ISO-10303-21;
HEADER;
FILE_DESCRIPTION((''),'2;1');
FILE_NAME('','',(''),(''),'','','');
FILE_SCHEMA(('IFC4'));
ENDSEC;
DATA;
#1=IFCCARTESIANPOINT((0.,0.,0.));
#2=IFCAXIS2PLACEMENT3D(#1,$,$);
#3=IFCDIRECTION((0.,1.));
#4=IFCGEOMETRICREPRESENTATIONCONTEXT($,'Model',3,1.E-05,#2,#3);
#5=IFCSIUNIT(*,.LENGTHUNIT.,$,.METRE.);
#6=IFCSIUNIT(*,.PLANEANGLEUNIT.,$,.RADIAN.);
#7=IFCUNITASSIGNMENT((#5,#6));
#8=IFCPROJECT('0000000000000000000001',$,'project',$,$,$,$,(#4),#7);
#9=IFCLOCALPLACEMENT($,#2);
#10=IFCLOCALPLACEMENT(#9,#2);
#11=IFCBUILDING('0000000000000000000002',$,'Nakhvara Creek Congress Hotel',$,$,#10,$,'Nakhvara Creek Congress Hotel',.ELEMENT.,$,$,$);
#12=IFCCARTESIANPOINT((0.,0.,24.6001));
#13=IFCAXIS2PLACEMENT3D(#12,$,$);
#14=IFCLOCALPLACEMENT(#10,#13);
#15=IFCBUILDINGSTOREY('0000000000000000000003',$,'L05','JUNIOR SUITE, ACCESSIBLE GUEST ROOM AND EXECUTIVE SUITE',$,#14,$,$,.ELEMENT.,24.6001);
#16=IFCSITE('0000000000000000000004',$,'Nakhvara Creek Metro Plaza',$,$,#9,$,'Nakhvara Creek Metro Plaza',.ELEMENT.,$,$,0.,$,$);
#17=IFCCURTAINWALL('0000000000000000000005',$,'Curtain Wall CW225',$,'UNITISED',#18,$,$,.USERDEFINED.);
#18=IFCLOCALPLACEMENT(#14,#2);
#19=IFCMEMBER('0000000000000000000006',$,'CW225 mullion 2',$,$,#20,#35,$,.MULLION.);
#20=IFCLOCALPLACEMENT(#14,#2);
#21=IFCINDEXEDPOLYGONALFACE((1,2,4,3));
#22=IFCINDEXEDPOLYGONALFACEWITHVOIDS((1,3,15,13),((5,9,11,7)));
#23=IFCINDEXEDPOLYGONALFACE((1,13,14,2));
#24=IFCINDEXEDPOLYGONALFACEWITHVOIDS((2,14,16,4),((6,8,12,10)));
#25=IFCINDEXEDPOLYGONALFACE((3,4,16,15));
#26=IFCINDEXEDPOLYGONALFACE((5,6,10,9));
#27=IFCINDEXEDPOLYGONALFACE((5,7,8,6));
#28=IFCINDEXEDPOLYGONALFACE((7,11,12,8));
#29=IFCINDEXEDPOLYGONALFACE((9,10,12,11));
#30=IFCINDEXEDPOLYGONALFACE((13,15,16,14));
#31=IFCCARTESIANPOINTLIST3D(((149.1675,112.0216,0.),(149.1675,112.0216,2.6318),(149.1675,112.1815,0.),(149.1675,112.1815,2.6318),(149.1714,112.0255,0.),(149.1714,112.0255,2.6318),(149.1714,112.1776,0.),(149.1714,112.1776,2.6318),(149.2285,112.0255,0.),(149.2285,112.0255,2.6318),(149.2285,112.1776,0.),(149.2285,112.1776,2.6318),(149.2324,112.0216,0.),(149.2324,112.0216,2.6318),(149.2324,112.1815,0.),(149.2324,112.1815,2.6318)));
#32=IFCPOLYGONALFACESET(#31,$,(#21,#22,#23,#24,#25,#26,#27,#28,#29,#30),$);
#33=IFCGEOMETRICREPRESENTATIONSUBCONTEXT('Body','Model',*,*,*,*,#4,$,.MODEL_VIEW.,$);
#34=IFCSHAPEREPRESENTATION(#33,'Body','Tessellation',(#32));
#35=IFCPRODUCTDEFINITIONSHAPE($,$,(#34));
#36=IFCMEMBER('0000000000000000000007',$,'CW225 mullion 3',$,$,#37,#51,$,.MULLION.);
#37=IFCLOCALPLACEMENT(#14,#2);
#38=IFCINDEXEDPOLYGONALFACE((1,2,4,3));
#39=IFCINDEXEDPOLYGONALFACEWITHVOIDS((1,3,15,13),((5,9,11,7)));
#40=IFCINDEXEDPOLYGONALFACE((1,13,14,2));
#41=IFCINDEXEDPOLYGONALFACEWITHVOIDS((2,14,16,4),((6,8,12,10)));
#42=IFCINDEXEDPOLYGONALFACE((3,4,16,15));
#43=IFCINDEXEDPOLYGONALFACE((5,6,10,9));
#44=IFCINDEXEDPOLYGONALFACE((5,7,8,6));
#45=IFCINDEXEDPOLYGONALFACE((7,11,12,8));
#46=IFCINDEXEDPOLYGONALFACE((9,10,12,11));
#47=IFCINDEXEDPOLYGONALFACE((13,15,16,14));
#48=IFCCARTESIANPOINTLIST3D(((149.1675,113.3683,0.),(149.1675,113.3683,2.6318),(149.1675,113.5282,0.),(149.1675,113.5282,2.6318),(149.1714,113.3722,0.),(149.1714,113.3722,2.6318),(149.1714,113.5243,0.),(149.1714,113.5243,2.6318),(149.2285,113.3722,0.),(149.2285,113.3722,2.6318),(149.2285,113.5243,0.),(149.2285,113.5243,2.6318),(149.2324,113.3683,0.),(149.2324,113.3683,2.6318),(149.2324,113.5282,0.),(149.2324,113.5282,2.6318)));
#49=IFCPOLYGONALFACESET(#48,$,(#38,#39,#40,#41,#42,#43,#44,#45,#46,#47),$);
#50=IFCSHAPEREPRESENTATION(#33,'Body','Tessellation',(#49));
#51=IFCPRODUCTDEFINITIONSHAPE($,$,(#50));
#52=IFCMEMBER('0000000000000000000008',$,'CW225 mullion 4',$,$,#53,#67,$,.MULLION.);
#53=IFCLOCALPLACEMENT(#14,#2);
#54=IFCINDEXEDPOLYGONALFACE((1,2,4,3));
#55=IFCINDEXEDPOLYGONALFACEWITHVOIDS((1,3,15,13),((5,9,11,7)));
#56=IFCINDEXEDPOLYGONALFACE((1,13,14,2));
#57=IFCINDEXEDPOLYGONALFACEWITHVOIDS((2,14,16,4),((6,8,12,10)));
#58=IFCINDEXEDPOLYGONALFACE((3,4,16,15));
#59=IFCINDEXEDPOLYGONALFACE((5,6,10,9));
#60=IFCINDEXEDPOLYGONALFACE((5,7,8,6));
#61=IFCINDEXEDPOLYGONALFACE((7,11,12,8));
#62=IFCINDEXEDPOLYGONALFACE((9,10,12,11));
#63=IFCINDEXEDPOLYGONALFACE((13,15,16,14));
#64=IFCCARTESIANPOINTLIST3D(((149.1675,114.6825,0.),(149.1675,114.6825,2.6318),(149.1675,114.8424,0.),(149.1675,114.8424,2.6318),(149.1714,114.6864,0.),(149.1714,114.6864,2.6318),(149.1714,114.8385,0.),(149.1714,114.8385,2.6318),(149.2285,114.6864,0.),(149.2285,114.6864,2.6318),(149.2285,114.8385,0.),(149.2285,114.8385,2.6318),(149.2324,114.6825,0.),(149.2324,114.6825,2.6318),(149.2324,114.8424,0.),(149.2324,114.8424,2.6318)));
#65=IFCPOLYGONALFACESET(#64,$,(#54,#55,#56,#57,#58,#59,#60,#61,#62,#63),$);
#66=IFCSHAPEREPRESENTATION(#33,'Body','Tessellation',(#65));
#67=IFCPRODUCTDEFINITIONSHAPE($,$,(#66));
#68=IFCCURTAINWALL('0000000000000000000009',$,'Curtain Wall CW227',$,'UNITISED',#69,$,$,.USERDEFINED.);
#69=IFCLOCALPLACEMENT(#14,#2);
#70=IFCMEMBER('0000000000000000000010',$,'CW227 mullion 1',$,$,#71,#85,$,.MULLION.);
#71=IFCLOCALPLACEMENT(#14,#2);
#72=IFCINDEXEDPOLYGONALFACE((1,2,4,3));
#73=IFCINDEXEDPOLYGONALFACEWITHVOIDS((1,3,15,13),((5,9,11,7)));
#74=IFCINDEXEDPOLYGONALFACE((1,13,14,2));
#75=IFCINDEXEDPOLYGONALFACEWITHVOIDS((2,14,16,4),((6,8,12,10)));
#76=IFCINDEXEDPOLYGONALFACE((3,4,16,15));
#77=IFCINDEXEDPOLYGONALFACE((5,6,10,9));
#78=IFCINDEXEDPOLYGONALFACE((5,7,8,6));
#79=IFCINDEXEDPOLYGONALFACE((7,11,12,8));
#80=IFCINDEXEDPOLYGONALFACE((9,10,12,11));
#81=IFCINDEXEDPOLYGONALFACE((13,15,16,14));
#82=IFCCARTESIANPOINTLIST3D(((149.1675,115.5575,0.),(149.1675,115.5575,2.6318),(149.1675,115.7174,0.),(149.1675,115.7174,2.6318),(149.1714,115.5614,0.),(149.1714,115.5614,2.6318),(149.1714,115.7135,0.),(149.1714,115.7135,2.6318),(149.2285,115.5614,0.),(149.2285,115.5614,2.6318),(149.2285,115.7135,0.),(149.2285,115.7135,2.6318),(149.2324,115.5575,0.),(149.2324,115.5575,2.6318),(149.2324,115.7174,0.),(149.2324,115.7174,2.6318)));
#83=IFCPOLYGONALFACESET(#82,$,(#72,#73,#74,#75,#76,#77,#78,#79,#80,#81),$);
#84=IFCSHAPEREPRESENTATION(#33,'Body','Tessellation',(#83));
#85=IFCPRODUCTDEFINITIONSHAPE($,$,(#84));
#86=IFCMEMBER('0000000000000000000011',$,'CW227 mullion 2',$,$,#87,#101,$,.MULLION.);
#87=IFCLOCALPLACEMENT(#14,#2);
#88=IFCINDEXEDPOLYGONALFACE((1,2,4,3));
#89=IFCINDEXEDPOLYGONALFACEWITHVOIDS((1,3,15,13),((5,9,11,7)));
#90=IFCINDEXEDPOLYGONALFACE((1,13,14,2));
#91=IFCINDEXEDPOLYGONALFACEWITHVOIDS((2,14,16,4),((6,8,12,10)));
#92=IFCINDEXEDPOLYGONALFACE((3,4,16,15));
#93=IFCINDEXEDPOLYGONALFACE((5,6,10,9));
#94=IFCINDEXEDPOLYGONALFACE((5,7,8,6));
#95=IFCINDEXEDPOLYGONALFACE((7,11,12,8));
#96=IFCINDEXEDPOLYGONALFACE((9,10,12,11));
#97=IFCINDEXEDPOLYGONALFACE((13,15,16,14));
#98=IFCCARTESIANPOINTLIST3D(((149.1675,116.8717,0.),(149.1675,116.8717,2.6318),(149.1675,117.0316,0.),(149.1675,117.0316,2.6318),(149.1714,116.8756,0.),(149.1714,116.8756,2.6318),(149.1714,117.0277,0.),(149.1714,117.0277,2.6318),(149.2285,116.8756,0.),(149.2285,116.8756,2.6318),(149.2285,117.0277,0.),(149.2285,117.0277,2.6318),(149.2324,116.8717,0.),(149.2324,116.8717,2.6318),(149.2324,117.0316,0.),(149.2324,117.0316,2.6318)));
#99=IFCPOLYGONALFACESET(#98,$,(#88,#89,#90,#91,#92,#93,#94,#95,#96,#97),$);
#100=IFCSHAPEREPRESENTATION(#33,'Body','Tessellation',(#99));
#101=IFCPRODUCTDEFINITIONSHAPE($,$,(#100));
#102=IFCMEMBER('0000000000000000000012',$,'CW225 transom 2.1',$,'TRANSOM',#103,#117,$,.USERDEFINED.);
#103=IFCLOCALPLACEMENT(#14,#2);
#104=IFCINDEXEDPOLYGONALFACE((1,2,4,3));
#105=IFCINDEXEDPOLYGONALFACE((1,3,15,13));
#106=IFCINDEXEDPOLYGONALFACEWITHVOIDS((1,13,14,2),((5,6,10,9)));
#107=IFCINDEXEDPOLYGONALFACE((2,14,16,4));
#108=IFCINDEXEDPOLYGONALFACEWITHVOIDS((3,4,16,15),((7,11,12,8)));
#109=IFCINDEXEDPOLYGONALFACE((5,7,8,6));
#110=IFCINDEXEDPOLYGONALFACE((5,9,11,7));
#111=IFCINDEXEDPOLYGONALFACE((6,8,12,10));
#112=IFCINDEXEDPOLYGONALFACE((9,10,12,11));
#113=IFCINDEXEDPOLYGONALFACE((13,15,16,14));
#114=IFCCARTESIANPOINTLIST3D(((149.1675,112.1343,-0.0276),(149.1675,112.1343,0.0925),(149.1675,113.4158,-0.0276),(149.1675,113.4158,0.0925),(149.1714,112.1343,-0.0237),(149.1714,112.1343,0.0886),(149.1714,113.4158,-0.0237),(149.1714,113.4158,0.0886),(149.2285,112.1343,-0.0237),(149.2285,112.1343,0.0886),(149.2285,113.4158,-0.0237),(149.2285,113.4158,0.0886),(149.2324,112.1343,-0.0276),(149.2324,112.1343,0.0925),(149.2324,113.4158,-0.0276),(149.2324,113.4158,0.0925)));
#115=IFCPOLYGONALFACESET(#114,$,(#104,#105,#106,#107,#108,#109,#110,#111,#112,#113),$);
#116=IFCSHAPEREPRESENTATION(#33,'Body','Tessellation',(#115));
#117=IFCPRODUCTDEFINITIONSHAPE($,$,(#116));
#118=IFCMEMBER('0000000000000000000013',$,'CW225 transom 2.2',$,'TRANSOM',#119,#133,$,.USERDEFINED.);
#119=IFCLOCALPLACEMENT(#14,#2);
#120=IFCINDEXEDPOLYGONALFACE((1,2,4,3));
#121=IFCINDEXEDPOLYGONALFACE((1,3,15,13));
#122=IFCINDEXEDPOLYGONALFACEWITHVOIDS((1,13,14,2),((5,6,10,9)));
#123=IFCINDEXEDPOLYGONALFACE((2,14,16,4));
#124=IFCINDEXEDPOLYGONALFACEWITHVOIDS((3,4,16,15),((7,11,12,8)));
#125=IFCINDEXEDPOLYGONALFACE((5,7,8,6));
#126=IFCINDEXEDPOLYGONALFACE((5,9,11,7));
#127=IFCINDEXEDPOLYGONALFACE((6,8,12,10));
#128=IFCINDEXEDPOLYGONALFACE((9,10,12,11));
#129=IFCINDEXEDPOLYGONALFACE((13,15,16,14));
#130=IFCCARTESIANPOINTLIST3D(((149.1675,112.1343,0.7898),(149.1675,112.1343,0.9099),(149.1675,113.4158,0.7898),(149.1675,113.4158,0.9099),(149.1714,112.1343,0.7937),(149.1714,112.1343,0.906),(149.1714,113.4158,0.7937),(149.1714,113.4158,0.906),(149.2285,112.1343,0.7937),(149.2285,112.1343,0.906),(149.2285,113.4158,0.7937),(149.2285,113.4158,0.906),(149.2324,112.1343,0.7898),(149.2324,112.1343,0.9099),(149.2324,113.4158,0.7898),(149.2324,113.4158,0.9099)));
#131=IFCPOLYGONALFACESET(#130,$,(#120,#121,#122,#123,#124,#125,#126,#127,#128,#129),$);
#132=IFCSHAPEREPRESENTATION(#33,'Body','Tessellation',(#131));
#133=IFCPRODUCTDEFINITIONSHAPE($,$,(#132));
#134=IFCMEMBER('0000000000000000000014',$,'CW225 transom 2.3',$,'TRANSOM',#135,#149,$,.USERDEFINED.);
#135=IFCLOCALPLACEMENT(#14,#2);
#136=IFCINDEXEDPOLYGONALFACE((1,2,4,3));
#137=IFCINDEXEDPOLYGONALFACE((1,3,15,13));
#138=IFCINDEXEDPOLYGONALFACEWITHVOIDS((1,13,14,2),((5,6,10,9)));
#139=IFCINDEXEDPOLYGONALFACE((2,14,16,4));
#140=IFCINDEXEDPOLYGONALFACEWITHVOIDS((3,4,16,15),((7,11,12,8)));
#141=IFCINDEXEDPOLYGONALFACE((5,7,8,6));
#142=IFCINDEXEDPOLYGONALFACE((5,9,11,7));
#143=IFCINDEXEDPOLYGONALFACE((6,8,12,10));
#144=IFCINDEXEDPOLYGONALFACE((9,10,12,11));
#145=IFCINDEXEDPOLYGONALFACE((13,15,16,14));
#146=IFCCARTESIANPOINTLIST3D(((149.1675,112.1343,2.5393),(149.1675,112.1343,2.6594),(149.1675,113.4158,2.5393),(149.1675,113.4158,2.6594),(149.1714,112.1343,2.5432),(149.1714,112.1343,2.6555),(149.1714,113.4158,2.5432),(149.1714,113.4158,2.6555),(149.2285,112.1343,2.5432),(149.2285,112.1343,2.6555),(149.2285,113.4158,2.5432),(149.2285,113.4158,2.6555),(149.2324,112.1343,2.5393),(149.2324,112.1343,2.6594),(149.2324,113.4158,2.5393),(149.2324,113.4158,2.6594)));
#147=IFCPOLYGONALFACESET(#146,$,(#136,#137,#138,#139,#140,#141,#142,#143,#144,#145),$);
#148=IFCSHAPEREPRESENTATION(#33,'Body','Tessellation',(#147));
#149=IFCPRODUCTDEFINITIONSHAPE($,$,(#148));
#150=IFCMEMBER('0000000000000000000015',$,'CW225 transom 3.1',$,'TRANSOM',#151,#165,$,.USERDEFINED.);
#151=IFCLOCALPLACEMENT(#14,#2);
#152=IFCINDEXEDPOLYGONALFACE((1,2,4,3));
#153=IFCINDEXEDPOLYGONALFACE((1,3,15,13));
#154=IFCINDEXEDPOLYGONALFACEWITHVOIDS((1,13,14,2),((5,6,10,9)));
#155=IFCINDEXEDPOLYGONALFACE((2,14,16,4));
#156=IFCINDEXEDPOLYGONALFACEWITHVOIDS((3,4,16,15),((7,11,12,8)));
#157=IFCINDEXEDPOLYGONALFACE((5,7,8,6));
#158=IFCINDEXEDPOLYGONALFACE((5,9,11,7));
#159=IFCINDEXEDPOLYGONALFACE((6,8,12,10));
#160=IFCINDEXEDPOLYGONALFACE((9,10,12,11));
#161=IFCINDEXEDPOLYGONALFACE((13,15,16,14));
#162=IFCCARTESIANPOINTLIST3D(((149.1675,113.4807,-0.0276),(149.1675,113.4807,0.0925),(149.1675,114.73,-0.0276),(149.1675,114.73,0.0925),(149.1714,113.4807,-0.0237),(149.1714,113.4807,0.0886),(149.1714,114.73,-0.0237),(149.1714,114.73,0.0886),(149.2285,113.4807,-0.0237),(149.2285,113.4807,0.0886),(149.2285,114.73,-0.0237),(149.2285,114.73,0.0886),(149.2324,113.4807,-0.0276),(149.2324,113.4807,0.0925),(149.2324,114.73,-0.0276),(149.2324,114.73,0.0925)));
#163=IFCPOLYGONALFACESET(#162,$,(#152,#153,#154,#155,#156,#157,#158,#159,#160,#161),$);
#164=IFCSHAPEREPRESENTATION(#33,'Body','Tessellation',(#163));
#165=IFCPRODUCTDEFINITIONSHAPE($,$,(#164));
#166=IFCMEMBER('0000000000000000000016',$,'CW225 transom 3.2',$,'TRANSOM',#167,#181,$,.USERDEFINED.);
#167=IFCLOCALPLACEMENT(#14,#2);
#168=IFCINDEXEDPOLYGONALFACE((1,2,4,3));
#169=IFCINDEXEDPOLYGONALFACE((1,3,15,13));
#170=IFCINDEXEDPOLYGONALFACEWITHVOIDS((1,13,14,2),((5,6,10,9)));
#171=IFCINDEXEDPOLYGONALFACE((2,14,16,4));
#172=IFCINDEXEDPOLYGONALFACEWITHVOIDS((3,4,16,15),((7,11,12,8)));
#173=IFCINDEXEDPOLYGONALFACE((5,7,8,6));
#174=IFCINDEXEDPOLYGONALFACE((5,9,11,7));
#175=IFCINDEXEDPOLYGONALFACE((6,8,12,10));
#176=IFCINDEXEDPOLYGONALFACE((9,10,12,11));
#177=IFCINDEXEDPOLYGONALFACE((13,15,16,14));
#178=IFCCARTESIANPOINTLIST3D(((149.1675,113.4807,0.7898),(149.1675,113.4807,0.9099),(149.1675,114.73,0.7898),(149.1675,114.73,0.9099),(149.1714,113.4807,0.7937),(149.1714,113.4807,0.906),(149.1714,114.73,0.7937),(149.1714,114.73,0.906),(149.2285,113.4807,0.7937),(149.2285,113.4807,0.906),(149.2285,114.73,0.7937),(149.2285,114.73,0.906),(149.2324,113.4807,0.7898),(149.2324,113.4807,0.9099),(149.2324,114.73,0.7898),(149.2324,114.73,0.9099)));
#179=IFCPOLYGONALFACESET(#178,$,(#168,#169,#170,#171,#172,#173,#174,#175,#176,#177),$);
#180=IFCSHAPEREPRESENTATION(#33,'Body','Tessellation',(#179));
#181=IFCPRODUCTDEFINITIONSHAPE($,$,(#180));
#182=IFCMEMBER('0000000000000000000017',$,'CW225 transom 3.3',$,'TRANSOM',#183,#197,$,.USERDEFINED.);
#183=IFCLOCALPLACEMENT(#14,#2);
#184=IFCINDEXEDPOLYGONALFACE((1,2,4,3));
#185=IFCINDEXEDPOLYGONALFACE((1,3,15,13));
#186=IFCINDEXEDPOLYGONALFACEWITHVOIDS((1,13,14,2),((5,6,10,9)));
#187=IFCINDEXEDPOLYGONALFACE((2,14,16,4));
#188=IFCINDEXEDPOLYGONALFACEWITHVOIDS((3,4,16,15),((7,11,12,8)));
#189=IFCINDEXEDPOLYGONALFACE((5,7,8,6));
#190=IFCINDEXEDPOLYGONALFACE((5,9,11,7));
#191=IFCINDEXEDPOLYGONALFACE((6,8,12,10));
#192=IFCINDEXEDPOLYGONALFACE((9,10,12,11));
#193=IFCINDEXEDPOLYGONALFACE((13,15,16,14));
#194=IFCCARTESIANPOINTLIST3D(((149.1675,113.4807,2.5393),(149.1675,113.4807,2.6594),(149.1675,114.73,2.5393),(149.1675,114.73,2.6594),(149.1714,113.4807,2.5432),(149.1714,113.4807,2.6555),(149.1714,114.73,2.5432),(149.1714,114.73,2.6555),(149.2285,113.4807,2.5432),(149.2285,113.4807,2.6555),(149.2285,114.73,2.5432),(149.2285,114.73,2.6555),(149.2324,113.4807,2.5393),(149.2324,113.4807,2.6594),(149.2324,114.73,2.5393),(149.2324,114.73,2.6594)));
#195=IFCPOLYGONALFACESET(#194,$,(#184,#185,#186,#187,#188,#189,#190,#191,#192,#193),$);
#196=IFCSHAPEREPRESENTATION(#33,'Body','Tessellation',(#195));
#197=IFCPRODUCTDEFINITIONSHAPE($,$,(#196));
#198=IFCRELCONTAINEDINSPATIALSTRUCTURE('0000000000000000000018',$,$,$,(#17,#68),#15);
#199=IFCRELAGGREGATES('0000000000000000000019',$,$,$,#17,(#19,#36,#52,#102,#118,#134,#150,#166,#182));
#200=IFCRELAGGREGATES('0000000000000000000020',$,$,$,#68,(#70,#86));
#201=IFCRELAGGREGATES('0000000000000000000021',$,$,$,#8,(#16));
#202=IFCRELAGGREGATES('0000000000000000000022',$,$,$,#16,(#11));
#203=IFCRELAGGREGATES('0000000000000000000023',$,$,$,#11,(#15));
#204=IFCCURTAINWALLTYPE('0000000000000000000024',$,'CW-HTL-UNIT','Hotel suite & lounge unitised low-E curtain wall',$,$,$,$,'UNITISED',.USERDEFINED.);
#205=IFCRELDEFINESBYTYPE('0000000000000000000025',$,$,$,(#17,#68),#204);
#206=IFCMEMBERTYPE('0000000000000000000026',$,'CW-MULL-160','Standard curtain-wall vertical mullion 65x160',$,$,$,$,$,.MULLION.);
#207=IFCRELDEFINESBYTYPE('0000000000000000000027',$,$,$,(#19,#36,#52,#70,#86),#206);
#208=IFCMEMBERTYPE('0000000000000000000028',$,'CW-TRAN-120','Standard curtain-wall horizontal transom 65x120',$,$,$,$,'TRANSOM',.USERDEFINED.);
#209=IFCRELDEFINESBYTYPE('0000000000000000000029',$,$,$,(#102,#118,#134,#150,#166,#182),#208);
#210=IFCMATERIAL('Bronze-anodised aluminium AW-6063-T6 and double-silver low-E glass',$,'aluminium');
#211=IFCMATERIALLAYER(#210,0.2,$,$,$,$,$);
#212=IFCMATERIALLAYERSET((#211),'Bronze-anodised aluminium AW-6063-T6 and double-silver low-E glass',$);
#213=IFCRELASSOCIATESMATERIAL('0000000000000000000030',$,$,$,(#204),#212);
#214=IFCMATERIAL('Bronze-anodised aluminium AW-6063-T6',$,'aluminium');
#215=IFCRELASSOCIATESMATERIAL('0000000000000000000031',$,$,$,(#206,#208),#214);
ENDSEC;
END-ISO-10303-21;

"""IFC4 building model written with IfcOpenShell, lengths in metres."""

from ifc_helpers import new_model, si_unit, direction, frame, origin, origin_2d, place, context, subcontext, project, spatial, hollow_rectangle, extrude, material, layer, layer_set, material_profile, profile_set, type_object, element, aggregate, save


model = new_model("IFC4")

# Units and contexts
model_context = context("Model", 3, precision=1e-05, world=origin(), true_north=direction((0.0, 1.0)))
body_context = subcontext(model_context, "Body", "Model", "MODEL_VIEW")
ifc_project = project(units=[si_unit("LENGTHUNIT", "METRE"), si_unit("PLANEANGLEUNIT", "RADIAN")], contexts=[model_context])

# Site, building, storey
site_placement = place(None, origin())
site = spatial("IfcSite", under=ifc_project, at=site_placement, Name="Nakhvara Creek Metro Plaza", LongName="Nakhvara Creek Metro Plaza", CompositionType="ELEMENT", RefElevation=0.0)
building_placement = place(site_placement, origin())
building = spatial("IfcBuilding", under=site, at=building_placement, Name="Nakhvara Creek Congress Hotel", LongName="Nakhvara Creek Congress Hotel", CompositionType="ELEMENT")
storey_placement = place(building_placement, frame((0.0, 0.0, 24.6001)))
storey = spatial("IfcBuildingStorey", under=building, at=storey_placement, Name="L05", Description="JUNIOR SUITE, ACCESSIBLE GUEST ROOM AND EXECUTIVE SUITE", CompositionType="ELEMENT", Elevation=24.6001)

# Curtain walls, members
ifc_material_1 = material(Name="Bronze-anodised aluminium AW-6063-T6 and double-silver low-E glass", Category="aluminium")
ifc_layer = layer(ifc_material_1, 0.2)
ifc_layer_set = layer_set([ifc_layer], Name="Bronze-anodised aluminium AW-6063-T6 and double-silver low-E glass")
curtain_wall_type = type_object("IfcCurtainWallType", Name="CW-HTL-UNIT", Description="Hotel suite & lounge unitised low-E curtain wall", ElementType="UNITISED", PredefinedType="USERDEFINED", material=ifc_layer_set)
curtain_wall_1_placement = place(storey_placement, origin())
curtain_wall_1 = element("IfcCurtainWall", 1, at=curtain_wall_1_placement, inside=storey, type_object=curtain_wall_type, Name="Curtain Wall CW225", ObjectType="UNITISED", PredefinedType="USERDEFINED")
ifc_material_2 = material(Name="Bronze-anodised aluminium AW-6063-T6", Category="aluminium")
ifc_material_profile_1 = material_profile(ifc_material_2, hollow_rectangle(XDim=0.0649, YDim=0.1599, WallThickness=0.0039, at=origin_2d()), Name="ALU-MULL 65x160x4", Category="LoadBearing")
ifc_profile_set_1 = profile_set([ifc_material_profile_1], Name="Bronze-anodised aluminium AW-6063-T6")
member_type_1 = type_object("IfcMemberType", Name="CW-MULL-160", Description="Standard curtain-wall vertical mullion 65x160", PredefinedType="MULLION", material=ifc_profile_set_1)
member_1_placement = place(storey_placement, frame((149.2, 112.1016, 0.0), z_axis=(0.0, 0.0, 1.0), x_axis=(-1.0, 0.0, 0.0)))
member_1 = element("IfcMember", 2, at=member_1_placement, type_object=member_type_1, Name="CW225 mullion 2", PredefinedType="MULLION", context=body_context, shape_type="SweptSolid", body=[
    extrude(hollow_rectangle(XDim=0.0649, YDim=0.1599, WallThickness=0.0039, at=origin_2d()), origin(), (0.0, 0.0, 1.0), 2.6318),
])
member_2_placement = place(storey_placement, frame((149.2, 113.4482, 0.0), z_axis=(0.0, 0.0, 1.0), x_axis=(-1.0, 0.0, 0.0)))
member_2 = element("IfcMember", 3, at=member_2_placement, type_object=member_type_1, Name="CW225 mullion 3", PredefinedType="MULLION", context=body_context, shape_type="SweptSolid", body=[
    extrude(hollow_rectangle(XDim=0.0649, YDim=0.1599, WallThickness=0.0039, at=origin_2d()), origin(), (0.0, 0.0, 1.0), 2.6318),
])
member_3_placement = place(storey_placement, frame((149.2, 114.7625, 0.0), z_axis=(0.0, 0.0, 1.0), x_axis=(-1.0, 0.0, 0.0)))
member_3 = element("IfcMember", 4, at=member_3_placement, type_object=member_type_1, Name="CW225 mullion 4", PredefinedType="MULLION", context=body_context, shape_type="SweptSolid", body=[
    extrude(hollow_rectangle(XDim=0.0649, YDim=0.1599, WallThickness=0.0039, at=origin_2d()), origin(), (0.0, 0.0, 1.0), 2.6318),
])
curtain_wall_2_placement = place(storey_placement, origin())
curtain_wall_2 = element("IfcCurtainWall", 5, at=curtain_wall_2_placement, inside=storey, type_object=curtain_wall_type, Name="Curtain Wall CW227", ObjectType="UNITISED", PredefinedType="USERDEFINED")
member_4_placement = place(storey_placement, frame((149.2, 115.6375, 0.0), z_axis=(0.0, 0.0, 1.0), x_axis=(-1.0, 0.0, 0.0)))
member_4 = element("IfcMember", 6, at=member_4_placement, type_object=member_type_1, Name="CW227 mullion 1", PredefinedType="MULLION", context=body_context, shape_type="SweptSolid", body=[
    extrude(hollow_rectangle(XDim=0.0649, YDim=0.1599, WallThickness=0.0039, at=origin_2d()), origin(), (0.0, 0.0, 1.0), 2.6318),
])
member_5_placement = place(storey_placement, frame((149.2, 116.9517, 0.0), z_axis=(0.0, 0.0, 1.0), x_axis=(-1.0, 0.0, 0.0)))
member_5 = element("IfcMember", 7, at=member_5_placement, type_object=member_type_1, Name="CW227 mullion 2", PredefinedType="MULLION", context=body_context, shape_type="SweptSolid", body=[
    extrude(hollow_rectangle(XDim=0.0649, YDim=0.1599, WallThickness=0.0039, at=origin_2d()), origin(), (0.0, 0.0, 1.0), 2.6318),
])

# Members
ifc_material_profile_2 = material_profile(ifc_material_2, hollow_rectangle(XDim=0.0649, YDim=0.1201, WallThickness=0.0039, at=origin_2d()), Name="ALU-TRAN 65x120x4", Category="LoadBearing")
ifc_profile_set_2 = profile_set([ifc_material_profile_2], Name="Bronze-anodised aluminium AW-6063-T6")
member_type_2 = type_object("IfcMemberType", Name="CW-TRAN-120", Description="Standard curtain-wall horizontal transom 65x120", ElementType="TRANSOM", PredefinedType="USERDEFINED", material=ifc_profile_set_2)
member_6_placement = place(storey_placement, frame((149.2, 112.1343, 0.0325), z_axis=(0.0, 1.0, 0.0), x_axis=(-1.0, 0.0, 0.0)))
member_6 = element("IfcMember", 8, at=member_6_placement, type_object=member_type_2, Name="CW225 transom 2.1", ObjectType="TRANSOM", PredefinedType="USERDEFINED", context=body_context, shape_type="SweptSolid", body=[
    extrude(hollow_rectangle(XDim=0.0649, YDim=0.1201, WallThickness=0.0039, at=origin_2d()), origin(), (0.0, 0.0, 1.0), 1.2815),
])
member_7_placement = place(storey_placement, frame((149.2, 112.1343, 0.8499), z_axis=(0.0, 1.0, 0.0), x_axis=(-1.0, 0.0, 0.0)))
member_7 = element("IfcMember", 9, at=member_7_placement, type_object=member_type_2, Name="CW225 transom 2.2", ObjectType="TRANSOM", PredefinedType="USERDEFINED", context=body_context, shape_type="SweptSolid", body=[
    extrude(hollow_rectangle(XDim=0.0649, YDim=0.1201, WallThickness=0.0039, at=origin_2d()), origin(), (0.0, 0.0, 1.0), 1.2815),
])
member_8_placement = place(storey_placement, frame((149.2, 112.1343, 2.5994), z_axis=(0.0, 1.0, 0.0), x_axis=(-1.0, 0.0, 0.0)))
member_8 = element("IfcMember", 10, at=member_8_placement, type_object=member_type_2, Name="CW225 transom 2.3", ObjectType="TRANSOM", PredefinedType="USERDEFINED", context=body_context, shape_type="SweptSolid", body=[
    extrude(hollow_rectangle(XDim=0.0649, YDim=0.1201, WallThickness=0.0039, at=origin_2d()), origin(), (0.0, 0.0, 1.0), 1.2815),
])
member_9_placement = place(storey_placement, frame((149.2, 113.4807, 0.0325), z_axis=(0.0, 1.0, 0.0), x_axis=(-1.0, 0.0, 0.0)))
member_9 = element("IfcMember", 11, at=member_9_placement, type_object=member_type_2, Name="CW225 transom 3.1", ObjectType="TRANSOM", PredefinedType="USERDEFINED", context=body_context, shape_type="SweptSolid", body=[
    extrude(hollow_rectangle(XDim=0.0649, YDim=0.1201, WallThickness=0.0039, at=origin_2d()), origin(), (0.0, 0.0, 1.0), 1.2493),
])
member_10_placement = place(storey_placement, frame((149.2, 113.4807, 0.8499), z_axis=(0.0, 1.0, 0.0), x_axis=(-1.0, 0.0, 0.0)))
member_10 = element("IfcMember", 12, at=member_10_placement, type_object=member_type_2, Name="CW225 transom 3.2", ObjectType="TRANSOM", PredefinedType="USERDEFINED", context=body_context, shape_type="SweptSolid", body=[
    extrude(hollow_rectangle(XDim=0.0649, YDim=0.1201, WallThickness=0.0039, at=origin_2d()), origin(), (0.0, 0.0, 1.0), 1.2493),
])
member_11_placement = place(storey_placement, frame((149.2, 113.4807, 2.5994), z_axis=(0.0, 1.0, 0.0), x_axis=(-1.0, 0.0, 0.0)))
member_11 = element("IfcMember", 13, at=member_11_placement, type_object=member_type_2, Name="CW225 transom 3.3", ObjectType="TRANSOM", PredefinedType="USERDEFINED", context=body_context, shape_type="SweptSolid", body=[
    extrude(hollow_rectangle(XDim=0.0649, YDim=0.1201, WallThickness=0.0039, at=origin_2d()), origin(), (0.0, 0.0, 1.0), 1.2493),
])

aggregate(curtain_wall_1, [member_1, member_2, member_3, member_6, member_7, member_8, member_9, member_10, member_11])
aggregate(curtain_wall_2, [member_4, member_5])

save(model, "model.ifc")
